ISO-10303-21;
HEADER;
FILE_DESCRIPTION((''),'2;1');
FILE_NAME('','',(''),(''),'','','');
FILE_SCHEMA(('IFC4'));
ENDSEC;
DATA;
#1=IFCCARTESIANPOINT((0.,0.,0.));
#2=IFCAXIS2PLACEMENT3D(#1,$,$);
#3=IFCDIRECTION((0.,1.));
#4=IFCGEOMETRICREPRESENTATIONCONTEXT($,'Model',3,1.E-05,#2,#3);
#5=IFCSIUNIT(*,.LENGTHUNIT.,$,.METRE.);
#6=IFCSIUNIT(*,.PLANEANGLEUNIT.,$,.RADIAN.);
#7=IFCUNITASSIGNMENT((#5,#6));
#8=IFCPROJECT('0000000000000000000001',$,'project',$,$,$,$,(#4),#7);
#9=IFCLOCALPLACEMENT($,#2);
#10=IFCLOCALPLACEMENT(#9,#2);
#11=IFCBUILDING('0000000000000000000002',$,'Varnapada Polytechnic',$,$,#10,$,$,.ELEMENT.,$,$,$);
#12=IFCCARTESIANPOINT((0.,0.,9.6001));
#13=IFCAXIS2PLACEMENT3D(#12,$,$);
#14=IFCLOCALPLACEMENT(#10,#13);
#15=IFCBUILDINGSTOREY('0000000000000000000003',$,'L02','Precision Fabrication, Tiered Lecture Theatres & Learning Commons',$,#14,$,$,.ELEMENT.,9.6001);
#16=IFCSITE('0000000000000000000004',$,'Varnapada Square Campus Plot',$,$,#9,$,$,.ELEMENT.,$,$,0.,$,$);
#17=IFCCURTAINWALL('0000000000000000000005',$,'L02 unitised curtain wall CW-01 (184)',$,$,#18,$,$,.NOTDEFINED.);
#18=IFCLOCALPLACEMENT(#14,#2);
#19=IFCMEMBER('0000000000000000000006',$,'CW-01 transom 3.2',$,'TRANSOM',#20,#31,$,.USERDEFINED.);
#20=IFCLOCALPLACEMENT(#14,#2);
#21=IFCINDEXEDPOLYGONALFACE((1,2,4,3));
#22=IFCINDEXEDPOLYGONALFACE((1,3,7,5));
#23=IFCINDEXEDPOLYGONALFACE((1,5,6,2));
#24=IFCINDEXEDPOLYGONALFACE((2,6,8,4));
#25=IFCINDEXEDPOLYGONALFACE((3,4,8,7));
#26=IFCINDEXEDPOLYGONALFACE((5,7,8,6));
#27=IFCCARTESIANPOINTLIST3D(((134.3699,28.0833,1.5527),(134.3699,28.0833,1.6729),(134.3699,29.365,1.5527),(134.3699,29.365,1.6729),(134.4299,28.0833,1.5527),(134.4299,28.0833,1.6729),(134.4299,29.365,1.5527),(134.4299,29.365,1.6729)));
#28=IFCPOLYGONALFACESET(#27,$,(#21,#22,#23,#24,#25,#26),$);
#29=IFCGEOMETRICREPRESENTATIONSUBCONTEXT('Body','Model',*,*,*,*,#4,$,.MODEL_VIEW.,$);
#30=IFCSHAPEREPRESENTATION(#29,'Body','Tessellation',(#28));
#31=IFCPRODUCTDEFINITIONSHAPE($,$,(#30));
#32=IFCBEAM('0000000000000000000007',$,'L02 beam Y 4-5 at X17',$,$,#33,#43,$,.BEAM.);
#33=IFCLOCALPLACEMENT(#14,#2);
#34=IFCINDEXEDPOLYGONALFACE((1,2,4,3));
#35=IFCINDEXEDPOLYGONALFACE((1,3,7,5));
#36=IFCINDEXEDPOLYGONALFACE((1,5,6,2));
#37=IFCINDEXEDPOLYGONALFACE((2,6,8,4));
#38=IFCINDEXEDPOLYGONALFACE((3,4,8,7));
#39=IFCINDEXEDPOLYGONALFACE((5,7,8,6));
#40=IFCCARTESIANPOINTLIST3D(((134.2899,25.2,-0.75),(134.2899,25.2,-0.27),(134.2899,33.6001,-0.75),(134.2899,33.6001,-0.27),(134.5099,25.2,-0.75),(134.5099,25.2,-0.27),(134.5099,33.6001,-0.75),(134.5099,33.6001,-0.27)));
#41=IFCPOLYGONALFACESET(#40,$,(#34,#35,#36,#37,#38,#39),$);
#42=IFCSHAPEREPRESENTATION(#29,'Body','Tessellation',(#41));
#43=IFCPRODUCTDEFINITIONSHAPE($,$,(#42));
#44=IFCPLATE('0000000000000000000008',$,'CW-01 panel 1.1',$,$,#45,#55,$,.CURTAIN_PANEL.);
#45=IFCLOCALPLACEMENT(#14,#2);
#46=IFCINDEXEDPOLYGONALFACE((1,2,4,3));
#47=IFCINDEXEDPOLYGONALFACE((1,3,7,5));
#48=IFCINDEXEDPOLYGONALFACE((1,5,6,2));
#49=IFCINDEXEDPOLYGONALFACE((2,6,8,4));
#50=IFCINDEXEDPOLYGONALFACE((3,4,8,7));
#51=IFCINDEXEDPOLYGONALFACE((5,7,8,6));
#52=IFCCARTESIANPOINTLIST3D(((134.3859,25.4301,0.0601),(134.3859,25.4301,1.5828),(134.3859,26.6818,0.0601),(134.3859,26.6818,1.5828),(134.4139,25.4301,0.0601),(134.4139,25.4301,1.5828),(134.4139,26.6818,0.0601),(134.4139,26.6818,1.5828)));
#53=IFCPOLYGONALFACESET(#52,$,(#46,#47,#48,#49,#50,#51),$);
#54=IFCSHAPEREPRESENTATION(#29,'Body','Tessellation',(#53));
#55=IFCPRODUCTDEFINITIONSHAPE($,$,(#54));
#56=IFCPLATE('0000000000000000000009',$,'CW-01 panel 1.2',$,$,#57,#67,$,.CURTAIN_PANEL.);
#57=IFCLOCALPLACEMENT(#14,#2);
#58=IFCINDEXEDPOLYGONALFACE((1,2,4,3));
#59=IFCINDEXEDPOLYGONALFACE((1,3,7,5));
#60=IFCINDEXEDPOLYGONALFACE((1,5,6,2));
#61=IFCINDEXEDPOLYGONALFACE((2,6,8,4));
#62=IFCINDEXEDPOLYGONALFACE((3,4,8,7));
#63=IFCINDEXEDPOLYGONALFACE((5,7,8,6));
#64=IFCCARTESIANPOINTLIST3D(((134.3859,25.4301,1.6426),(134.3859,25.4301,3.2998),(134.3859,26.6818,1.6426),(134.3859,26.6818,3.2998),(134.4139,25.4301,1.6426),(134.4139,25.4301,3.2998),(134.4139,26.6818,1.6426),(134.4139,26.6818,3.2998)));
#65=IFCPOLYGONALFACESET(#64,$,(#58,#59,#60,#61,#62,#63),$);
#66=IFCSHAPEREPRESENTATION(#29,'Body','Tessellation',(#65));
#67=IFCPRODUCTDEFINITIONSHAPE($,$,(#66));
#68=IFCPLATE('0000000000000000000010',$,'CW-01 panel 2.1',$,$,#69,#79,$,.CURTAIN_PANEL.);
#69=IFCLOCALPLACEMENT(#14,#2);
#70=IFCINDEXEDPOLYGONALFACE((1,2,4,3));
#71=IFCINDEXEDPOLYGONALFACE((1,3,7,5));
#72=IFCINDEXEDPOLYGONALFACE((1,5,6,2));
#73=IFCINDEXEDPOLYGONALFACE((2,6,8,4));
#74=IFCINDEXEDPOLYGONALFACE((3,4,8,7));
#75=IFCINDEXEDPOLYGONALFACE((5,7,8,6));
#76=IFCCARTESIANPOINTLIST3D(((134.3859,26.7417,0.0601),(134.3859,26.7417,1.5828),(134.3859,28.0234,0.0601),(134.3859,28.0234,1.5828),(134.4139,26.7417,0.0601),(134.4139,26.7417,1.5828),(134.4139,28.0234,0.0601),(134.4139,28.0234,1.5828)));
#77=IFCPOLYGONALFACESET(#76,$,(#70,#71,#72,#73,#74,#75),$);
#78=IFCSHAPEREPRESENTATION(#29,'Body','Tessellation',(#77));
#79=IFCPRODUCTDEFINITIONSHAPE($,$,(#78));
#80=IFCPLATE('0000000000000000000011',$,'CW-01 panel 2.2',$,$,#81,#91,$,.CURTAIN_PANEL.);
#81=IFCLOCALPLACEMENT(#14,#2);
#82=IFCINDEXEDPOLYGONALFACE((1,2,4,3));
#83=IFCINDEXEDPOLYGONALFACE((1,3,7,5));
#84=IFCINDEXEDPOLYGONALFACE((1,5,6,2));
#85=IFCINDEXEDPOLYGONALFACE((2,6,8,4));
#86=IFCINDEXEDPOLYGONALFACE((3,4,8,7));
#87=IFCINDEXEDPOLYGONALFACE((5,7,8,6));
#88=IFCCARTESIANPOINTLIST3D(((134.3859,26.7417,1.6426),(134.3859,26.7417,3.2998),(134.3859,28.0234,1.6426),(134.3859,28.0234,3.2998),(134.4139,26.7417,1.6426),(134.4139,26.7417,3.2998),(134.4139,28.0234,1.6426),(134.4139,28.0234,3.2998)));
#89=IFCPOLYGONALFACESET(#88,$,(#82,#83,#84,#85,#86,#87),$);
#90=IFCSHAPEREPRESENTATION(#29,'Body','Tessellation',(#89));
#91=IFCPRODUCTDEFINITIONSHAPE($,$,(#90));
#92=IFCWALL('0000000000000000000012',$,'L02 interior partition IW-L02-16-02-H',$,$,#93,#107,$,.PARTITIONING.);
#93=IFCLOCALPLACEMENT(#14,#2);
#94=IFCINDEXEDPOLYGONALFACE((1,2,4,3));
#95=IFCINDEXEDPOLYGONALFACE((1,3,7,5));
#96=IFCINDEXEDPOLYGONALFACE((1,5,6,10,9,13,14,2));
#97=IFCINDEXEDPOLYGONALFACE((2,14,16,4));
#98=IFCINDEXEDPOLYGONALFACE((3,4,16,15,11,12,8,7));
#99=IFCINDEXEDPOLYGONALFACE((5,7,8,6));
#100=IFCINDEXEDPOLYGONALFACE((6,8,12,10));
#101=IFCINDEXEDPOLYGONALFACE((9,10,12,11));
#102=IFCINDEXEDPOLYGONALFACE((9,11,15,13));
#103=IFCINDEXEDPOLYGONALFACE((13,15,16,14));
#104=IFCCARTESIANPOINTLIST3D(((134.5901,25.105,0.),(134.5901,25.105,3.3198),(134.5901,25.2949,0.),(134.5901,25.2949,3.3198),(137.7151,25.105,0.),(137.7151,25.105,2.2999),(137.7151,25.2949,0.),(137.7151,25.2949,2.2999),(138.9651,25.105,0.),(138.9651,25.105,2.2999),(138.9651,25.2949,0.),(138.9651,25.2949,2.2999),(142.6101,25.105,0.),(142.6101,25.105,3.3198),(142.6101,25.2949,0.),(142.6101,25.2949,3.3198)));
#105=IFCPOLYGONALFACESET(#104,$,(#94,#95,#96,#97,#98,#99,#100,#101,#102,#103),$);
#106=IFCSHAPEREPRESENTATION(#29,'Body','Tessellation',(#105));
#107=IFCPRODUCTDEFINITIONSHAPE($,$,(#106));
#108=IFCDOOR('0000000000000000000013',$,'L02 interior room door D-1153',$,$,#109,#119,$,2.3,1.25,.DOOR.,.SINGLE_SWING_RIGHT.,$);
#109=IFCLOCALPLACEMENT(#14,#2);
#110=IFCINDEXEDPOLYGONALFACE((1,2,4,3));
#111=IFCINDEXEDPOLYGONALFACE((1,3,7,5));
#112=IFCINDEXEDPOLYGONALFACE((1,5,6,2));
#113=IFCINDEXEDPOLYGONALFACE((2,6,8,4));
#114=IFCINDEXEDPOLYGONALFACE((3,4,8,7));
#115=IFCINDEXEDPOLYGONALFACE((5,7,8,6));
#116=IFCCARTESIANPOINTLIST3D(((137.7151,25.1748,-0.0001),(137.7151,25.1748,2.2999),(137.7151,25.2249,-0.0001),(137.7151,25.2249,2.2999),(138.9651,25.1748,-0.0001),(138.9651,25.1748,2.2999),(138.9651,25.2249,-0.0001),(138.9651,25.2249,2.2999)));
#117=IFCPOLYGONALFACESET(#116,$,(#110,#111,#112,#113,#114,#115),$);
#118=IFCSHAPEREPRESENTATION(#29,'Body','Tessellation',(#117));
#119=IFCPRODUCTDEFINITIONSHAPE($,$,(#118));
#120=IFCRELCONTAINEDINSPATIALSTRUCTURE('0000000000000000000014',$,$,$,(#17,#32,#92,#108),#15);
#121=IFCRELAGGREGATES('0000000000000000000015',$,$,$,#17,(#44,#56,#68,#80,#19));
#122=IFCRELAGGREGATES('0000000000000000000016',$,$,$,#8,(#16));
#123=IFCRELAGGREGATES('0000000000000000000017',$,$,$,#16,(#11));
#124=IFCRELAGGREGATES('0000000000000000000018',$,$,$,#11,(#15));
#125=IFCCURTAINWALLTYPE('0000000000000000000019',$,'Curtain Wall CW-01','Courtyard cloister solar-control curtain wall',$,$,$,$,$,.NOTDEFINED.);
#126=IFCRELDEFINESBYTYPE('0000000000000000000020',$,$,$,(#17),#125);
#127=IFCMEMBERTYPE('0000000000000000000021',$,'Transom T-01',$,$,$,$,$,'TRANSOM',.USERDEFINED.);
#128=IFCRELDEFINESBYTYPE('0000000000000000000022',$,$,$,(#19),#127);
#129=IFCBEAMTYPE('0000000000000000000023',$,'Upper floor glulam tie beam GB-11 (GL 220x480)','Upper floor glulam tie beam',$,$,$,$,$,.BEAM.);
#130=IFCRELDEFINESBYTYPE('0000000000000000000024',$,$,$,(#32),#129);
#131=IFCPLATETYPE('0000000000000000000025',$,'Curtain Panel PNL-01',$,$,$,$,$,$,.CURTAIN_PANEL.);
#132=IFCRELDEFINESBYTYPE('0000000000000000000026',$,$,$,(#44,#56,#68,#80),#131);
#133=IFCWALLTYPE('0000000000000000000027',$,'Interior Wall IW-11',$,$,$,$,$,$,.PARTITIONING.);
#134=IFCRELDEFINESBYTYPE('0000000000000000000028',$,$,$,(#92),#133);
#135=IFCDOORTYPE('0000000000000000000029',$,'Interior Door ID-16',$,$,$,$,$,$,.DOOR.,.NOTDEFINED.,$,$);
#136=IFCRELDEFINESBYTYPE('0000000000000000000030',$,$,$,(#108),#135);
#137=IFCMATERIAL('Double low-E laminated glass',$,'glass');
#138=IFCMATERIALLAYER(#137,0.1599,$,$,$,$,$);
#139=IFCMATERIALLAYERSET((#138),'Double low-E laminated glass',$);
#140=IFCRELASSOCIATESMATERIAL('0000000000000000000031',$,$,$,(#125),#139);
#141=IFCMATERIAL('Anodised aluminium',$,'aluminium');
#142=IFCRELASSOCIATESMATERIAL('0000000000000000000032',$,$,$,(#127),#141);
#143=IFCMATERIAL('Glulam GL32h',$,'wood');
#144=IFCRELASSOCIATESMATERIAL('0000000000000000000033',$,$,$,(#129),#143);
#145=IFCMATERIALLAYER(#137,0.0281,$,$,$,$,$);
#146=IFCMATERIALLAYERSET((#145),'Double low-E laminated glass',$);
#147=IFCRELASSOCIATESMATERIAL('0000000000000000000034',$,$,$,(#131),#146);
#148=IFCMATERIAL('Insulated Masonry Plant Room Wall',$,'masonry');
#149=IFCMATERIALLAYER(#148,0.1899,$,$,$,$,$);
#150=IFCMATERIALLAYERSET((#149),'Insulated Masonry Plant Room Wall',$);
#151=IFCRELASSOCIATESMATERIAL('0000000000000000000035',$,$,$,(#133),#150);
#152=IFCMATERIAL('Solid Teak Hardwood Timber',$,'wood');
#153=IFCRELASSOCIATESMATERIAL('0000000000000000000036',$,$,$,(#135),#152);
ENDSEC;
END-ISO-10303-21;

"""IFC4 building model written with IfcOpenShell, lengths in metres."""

from ifc_helpers import new_model, si_unit, direction, frame, frame_2d, origin, origin_2d, place, context, subcontext, project, spatial, rectangle, extrude, material, layer, layer_set, material_profile, profile_set, type_object, element, fill, aggregate, save


model = new_model("IFC4")

# Units and contexts
model_context = context("Model", 3, precision=1e-05, world=origin(), true_north=direction((0.0, 1.0)))
body_context = subcontext(model_context, "Body", "Model", "MODEL_VIEW")
ifc_project = project(units=[si_unit("LENGTHUNIT", "METRE"), si_unit("PLANEANGLEUNIT", "RADIAN")], contexts=[model_context])

# Site, building, storey
site_placement = place(None, origin())
site = spatial("IfcSite", under=ifc_project, at=site_placement, Name="Varnapada Square Campus Plot", CompositionType="ELEMENT", RefElevation=0.0)
building_placement = place(site_placement, origin())
building = spatial("IfcBuilding", under=site, at=building_placement, Name="Varnapada Polytechnic", CompositionType="ELEMENT")
storey_placement = place(building_placement, frame((0.0, 0.0, 9.6001)))
storey = spatial("IfcBuildingStorey", under=building, at=storey_placement, Name="L02", Description="Precision Fabrication, Tiered Lecture Theatres & Learning Commons", CompositionType="ELEMENT", Elevation=9.6001)

# Shared definitions
ifc_material_1 = material(Name="Glulam GL32h", Category="wood")

# Curtain wall, member
ifc_material_2 = material(Name="Double low-E laminated glass", Category="glass")
ifc_layer_1 = layer(ifc_material_2, 0.1599)
ifc_layer_set_1 = layer_set([ifc_layer_1], Name="Double low-E laminated glass")
curtain_wall_type = type_object("IfcCurtainWallType", Name="Curtain Wall CW-01", Description="Courtyard cloister solar-control curtain wall", PredefinedType="NOTDEFINED", material=ifc_layer_set_1)
curtain_wall_placement = place(storey_placement, origin())
curtain_wall = element("IfcCurtainWall", 1, at=curtain_wall_placement, inside=storey, type_object=curtain_wall_type, Name="L02 unitised curtain wall CW-01 (184)", PredefinedType="NOTDEFINED")
ifc_material_3 = material(Name="Anodised aluminium", Category="aluminium")
ifc_material_profile_1 = material_profile(ifc_material_3, rectangle(XDim=0.0601, YDim=0.1201, at=origin_2d()), Name="ALU T60x120")
ifc_profile_set_1 = profile_set([ifc_material_profile_1], Name="Anodised aluminium")
member_type_1 = type_object("IfcMemberType", Name="Transom T-01", ElementType="TRANSOM", PredefinedType="USERDEFINED", material=ifc_profile_set_1)
member_1_placement = place(storey_placement, frame((134.3999, 28.0833, 1.6128), z_axis=(0.0, 1.0, 0.0), x_axis=(-1.0, 0.0, 0.0)))
member_1 = element("IfcMember", 2, at=member_1_placement, type_object=member_type_1, Name="CW-01 transom 3.2", ObjectType="TRANSOM", PredefinedType="USERDEFINED", context=body_context, shape_type="SweptSolid", body=[
    extrude(rectangle(XDim=0.0601, YDim=0.1201, at=origin_2d()), origin(), (0.0, 0.0, 1.0), 1.2817),
])

# Beam
ifc_material_profile_2 = material_profile(ifc_material_1, rectangle(XDim=0.22, YDim=0.48, at=origin_2d()), Name="GL 220x480")
ifc_profile_set_2 = profile_set([ifc_material_profile_2], Name="Glulam GL32h")
beam_type_1 = type_object("IfcBeamType", Name="Upper floor glulam tie beam GB-11 (GL 220x480)", Description="Upper floor glulam tie beam", PredefinedType="BEAM", material=ifc_profile_set_2)
beam_1_placement = place(storey_placement, frame((134.3999, 25.2, -0.51), z_axis=(0.0, 1.0, 0.0), x_axis=(-1.0, 0.0, 0.0)))
element("IfcBeam", 3, at=beam_1_placement, inside=storey, type_object=beam_type_1, Name="L02 beam Y 4-5 at X17", PredefinedType="BEAM", context=body_context, shape_type="SweptSolid", body=[
    extrude(rectangle(XDim=0.22, YDim=0.48, at=origin_2d()), origin(), (0.0, 0.0, 1.0), 8.4001),
])

# Plates
ifc_layer_2 = layer(ifc_material_2, 0.0281)
ifc_layer_set_2 = layer_set([ifc_layer_2], Name="Double low-E laminated glass")
plate_type = type_object("IfcPlateType", Name="Curtain Panel PNL-01", PredefinedType="CURTAIN_PANEL", material=ifc_layer_set_2)
plate_1_placement = place(storey_placement, frame((134.3999, 26.0559, 0.0601), z_axis=(0.0, 0.0, 1.0), x_axis=(0.0, 1.0, 0.0)))
plate_1 = element("IfcPlate", 4, at=plate_1_placement, type_object=plate_type, Name="CW-01 panel 1.1", PredefinedType="CURTAIN_PANEL", context=body_context, shape_type="SweptSolid", body=[
    extrude(rectangle(XDim=1.2517, YDim=0.0281, at=origin_2d()), origin(), (0.0, 0.0, 1.0), 1.5227),
])
plate_2_placement = place(storey_placement, frame((134.3999, 26.0559, 1.6426), z_axis=(0.0, 0.0, 1.0), x_axis=(0.0, 1.0, 0.0)))
plate_2 = element("IfcPlate", 5, at=plate_2_placement, type_object=plate_type, Name="CW-01 panel 1.2", PredefinedType="CURTAIN_PANEL", context=body_context, shape_type="SweptSolid", body=[
    extrude(rectangle(XDim=1.2517, YDim=0.0281, at=origin_2d()), origin(), (0.0, 0.0, 1.0), 1.6572),
])
plate_3_placement = place(storey_placement, frame((134.3999, 27.3826, 0.0601), z_axis=(0.0, 0.0, 1.0), x_axis=(0.0, 1.0, 0.0)))
plate_3 = element("IfcPlate", 6, at=plate_3_placement, type_object=plate_type, Name="CW-01 panel 2.1", PredefinedType="CURTAIN_PANEL", context=body_context, shape_type="SweptSolid", body=[
    extrude(rectangle(XDim=1.2817, YDim=0.0281, at=origin_2d()), origin(), (0.0, 0.0, 1.0), 1.5227),
])
plate_4_placement = place(storey_placement, frame((134.3999, 27.3826, 1.6426), z_axis=(0.0, 0.0, 1.0), x_axis=(0.0, 1.0, 0.0)))
plate_4 = element("IfcPlate", 7, at=plate_4_placement, type_object=plate_type, Name="CW-01 panel 2.2", PredefinedType="CURTAIN_PANEL", context=body_context, shape_type="SweptSolid", body=[
    extrude(rectangle(XDim=1.2817, YDim=0.0281, at=origin_2d()), origin(), (0.0, 0.0, 1.0), 1.6572),
])
aggregate(curtain_wall, [plate_1, plate_2, plate_3, plate_4, member_1])

# Wall, opening, door
ifc_material_4 = material(Name="Insulated Masonry Plant Room Wall", Category="masonry")
ifc_layer_3 = layer(ifc_material_4, 0.1899)
ifc_layer_set_3 = layer_set([ifc_layer_3], Name="Insulated Masonry Plant Room Wall")
wall_type = type_object("IfcWallType", Name="Interior Wall IW-11", PredefinedType="PARTITIONING", material=ifc_layer_set_3)
wall_placement = place(storey_placement, frame((134.5901, 25.2, 0.0), z_axis=(0.0, 0.0, 1.0), x_axis=(1.0, 0.0, 0.0)))
wall = element("IfcWall", 8, at=wall_placement, inside=storey, type_object=wall_type, Name="L02 interior partition IW-L02-16-02-H", PredefinedType="PARTITIONING", context=body_context, shape_type="SweptSolid", body=[
    extrude(rectangle(XDim=8.02, YDim=0.1899, at=frame_2d((4.01, 0.0))), origin(), (0.0, 0.0, 1.0), 3.3198),
])
opening_placement = place(wall_placement, frame((3.125, 0.0, 0.0)))
opening = element("IfcOpeningElement", 9, at=opening_placement, cuts=wall, PredefinedType="OPENING", context=body_context, shape_type="SweptSolid", body=[
    extrude(rectangle(XDim=1.25, YDim=2.3, at=frame_2d((0.625, 1.1499))), frame((0.0, 0.105, 0.0), z_axis=(0.0, -1.0, 0.0), x_axis=(1.0, 0.0, 0.0)), (0.0, 0.0, 1.0), 0.21),
])
ifc_material_5 = material(Name="Solid Teak Hardwood Timber", Category="wood")
door_type = type_object("IfcDoorType", Name="Interior Door ID-16", OperationType="NOTDEFINED", PredefinedType="DOOR", material=ifc_material_5)
door_placement = place(opening_placement, origin())
door = element("IfcDoor", 10, at=door_placement, inside=storey, type_object=door_type, Name="L02 interior room door D-1153", OperationType="SINGLE_SWING_RIGHT", OverallHeight=2.3, OverallWidth=1.25, PredefinedType="DOOR", context=body_context, shape_type="SweptSolid", body=[
    extrude(rectangle(XDim=1.25, YDim=2.3, at=frame_2d((0.625, 1.1499))), frame((0.0, 0.0249, 0.0), z_axis=(0.0, -1.0, 0.0), x_axis=(1.0, 0.0, 0.0)), (0.0, 0.0, 1.0), 0.05),
])
fill(opening, door)

save(model, "model.ifc")
